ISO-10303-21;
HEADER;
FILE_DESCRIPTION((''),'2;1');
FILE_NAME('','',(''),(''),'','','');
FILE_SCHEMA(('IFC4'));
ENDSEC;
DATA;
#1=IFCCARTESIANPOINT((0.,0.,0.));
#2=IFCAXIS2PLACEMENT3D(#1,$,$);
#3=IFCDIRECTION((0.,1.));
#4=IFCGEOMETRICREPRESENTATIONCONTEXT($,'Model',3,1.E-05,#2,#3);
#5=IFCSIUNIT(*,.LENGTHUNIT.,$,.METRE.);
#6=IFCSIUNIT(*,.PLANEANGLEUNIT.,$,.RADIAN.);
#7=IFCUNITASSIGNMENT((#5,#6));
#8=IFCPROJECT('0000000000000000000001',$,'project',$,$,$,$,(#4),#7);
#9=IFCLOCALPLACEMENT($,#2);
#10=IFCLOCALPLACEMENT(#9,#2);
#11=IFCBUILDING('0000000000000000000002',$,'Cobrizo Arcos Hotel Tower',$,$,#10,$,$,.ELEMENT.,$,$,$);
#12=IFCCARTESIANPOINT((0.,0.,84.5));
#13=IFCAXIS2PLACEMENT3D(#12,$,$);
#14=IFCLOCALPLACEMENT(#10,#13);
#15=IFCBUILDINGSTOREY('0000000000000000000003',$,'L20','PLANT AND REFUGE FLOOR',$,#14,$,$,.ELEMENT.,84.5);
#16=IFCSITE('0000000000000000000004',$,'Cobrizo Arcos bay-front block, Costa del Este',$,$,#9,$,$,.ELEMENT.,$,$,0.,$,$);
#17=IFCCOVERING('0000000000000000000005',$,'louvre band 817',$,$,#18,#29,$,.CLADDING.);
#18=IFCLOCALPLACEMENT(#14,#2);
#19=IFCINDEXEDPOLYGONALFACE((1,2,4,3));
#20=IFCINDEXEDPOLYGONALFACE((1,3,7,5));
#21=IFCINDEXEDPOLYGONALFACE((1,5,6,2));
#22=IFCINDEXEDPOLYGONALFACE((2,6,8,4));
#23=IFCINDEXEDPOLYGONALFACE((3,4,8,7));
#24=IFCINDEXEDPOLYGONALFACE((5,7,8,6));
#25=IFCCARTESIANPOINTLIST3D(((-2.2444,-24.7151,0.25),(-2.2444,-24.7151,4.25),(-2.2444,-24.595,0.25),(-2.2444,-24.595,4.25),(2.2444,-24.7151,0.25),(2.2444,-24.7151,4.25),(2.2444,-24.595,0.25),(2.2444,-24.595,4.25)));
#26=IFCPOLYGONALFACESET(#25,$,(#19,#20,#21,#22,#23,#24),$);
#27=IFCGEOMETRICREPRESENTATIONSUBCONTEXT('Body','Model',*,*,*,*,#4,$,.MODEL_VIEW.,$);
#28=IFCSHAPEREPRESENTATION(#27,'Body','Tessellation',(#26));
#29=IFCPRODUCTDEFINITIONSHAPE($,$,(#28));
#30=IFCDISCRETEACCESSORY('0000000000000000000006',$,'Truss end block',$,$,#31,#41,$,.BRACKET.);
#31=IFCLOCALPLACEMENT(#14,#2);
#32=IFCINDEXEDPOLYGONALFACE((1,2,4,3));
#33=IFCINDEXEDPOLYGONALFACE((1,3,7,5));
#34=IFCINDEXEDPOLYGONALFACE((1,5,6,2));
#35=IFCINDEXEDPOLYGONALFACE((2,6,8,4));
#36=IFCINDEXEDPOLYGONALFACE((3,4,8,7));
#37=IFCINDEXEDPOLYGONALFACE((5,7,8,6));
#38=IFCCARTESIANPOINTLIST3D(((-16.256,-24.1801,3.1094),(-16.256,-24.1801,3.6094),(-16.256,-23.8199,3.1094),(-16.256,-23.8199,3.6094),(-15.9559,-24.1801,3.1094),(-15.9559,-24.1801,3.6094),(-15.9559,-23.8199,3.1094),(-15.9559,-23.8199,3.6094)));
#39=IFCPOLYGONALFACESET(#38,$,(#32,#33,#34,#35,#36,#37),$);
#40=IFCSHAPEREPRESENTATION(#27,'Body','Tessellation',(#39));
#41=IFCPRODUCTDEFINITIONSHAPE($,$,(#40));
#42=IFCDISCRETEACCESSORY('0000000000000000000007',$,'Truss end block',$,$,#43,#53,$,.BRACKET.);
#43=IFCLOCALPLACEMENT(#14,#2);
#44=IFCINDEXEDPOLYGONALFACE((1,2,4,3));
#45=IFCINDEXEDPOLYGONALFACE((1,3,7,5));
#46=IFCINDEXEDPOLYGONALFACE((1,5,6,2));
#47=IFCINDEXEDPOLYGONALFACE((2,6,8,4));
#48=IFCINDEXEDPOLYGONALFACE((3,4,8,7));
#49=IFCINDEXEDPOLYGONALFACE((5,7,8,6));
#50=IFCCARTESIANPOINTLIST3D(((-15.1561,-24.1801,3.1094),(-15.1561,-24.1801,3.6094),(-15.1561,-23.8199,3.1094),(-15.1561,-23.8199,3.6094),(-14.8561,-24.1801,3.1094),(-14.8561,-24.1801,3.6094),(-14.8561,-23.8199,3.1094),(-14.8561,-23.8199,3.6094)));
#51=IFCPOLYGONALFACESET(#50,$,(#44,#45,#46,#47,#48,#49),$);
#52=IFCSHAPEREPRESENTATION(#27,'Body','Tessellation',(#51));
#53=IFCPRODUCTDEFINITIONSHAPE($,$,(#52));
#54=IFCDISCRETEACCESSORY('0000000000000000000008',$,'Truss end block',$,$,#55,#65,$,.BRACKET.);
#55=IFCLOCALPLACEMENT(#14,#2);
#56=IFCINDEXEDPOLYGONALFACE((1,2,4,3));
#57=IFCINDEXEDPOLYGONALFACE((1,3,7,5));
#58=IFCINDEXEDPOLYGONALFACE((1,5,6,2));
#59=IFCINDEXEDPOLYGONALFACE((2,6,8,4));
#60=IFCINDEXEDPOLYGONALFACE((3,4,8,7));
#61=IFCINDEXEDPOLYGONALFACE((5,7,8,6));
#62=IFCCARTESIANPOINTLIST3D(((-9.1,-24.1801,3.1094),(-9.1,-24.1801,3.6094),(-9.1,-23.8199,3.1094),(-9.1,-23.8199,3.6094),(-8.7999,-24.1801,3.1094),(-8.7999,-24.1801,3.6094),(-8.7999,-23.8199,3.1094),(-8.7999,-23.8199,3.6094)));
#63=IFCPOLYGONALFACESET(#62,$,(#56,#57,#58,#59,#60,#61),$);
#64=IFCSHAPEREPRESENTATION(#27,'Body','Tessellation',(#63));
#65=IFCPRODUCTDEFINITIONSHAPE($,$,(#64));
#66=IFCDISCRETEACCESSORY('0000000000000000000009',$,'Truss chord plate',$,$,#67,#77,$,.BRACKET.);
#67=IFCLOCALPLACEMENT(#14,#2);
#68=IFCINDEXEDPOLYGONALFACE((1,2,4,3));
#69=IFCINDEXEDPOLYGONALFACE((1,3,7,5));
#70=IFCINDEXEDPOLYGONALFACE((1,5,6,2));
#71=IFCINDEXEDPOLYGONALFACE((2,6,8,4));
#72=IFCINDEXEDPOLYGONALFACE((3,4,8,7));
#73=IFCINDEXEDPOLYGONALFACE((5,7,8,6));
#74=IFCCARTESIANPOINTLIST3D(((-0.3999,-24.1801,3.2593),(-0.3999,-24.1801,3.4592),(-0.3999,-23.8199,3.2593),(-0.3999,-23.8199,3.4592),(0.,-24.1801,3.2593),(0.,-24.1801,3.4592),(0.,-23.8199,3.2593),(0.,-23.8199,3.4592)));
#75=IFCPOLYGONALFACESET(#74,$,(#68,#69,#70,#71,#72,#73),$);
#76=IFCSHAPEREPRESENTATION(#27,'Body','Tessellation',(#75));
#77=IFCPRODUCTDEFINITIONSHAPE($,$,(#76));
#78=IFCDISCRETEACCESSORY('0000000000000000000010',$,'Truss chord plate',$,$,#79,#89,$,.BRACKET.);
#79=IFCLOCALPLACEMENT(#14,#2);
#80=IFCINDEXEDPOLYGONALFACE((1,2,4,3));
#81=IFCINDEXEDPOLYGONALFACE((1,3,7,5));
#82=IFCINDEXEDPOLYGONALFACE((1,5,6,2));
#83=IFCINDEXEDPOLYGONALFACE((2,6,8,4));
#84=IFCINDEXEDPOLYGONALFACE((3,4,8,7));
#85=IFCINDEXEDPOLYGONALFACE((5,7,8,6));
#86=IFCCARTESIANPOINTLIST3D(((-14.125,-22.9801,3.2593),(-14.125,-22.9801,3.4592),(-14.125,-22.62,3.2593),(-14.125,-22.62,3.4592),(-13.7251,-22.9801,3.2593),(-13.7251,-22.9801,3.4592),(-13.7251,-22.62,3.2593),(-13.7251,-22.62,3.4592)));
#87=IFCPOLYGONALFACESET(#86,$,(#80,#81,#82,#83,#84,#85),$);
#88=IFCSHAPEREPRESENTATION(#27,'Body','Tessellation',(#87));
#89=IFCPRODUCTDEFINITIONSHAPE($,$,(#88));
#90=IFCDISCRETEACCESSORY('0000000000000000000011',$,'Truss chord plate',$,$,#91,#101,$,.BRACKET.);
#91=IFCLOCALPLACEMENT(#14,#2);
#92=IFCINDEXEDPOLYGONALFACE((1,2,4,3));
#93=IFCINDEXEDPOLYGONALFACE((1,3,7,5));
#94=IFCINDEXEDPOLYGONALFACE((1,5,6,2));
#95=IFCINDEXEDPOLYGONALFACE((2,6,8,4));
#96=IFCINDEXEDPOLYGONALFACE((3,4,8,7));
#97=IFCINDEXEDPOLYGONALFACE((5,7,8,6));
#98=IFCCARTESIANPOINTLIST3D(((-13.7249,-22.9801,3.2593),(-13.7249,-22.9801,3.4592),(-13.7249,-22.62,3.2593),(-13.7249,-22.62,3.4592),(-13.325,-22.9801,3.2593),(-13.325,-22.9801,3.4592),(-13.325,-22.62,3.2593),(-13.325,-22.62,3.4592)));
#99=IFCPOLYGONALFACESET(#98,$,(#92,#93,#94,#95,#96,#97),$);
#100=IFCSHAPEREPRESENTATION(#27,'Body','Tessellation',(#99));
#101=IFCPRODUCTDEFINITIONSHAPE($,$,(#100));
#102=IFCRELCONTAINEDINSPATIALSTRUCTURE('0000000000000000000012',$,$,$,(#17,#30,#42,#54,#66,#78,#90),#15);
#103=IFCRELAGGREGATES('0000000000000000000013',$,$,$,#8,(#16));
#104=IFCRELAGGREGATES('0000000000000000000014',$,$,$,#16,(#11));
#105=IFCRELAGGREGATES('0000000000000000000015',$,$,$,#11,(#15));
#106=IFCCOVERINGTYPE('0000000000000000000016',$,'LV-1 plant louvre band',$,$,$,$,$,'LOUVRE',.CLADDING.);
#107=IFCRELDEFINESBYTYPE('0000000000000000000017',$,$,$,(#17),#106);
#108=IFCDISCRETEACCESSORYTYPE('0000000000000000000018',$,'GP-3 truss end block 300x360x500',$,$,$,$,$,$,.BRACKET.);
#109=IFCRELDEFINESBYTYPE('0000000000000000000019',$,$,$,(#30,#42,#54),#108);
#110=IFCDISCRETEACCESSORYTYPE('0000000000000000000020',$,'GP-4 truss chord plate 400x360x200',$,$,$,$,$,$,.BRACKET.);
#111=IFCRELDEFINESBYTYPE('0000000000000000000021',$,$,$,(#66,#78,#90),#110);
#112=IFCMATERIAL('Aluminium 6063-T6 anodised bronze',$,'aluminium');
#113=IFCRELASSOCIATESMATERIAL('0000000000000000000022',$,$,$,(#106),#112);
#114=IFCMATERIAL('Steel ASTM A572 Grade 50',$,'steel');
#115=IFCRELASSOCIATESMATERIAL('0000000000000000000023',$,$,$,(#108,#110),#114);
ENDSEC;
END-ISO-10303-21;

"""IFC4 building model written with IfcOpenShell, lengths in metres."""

from ifc_helpers import new_model, si_unit, direction, frame, origin, origin_2d, place, context, subcontext, project, spatial, rectangle, extrude, material, type_object, element, save


model = new_model("IFC4")

# Units and contexts
model_context = context("Model", 3, precision=1e-05, world=origin(), true_north=direction((0.0, 1.0)))
body_context = subcontext(model_context, "Body", "Model", "MODEL_VIEW")
ifc_project = project(units=[si_unit("LENGTHUNIT", "METRE"), si_unit("PLANEANGLEUNIT", "RADIAN")], contexts=[model_context])

# Site, building, storey
site_placement = place(None, origin())
site = spatial("IfcSite", under=ifc_project, at=site_placement, Name="Cobrizo Arcos bay-front block, Costa del Este", CompositionType="ELEMENT", RefElevation=0.0)
building_placement = place(site_placement, origin())
building = spatial("IfcBuilding", under=site, at=building_placement, Name="Cobrizo Arcos Hotel Tower", CompositionType="ELEMENT")
storey_placement = place(building_placement, frame((0.0, 0.0, 84.5)))
storey = spatial("IfcBuildingStorey", under=building, at=storey_placement, Name="L20", Description="PLANT AND REFUGE FLOOR", CompositionType="ELEMENT", Elevation=84.5)

# Shared definitions
ifc_material_1 = material(Name="Aluminium 6063-T6 anodised bronze", Category="aluminium")

# Covering
covering_type = type_object("IfcCoveringType", Name="LV-1 plant louvre band", ElementType="LOUVRE", PredefinedType="CLADDING", material=ifc_material_1)
for number, where, z_axis, x_axis, name in (
    (1, (0.0, -24.655, 0.25), (0.0, 0.0, 1.0), (1.0, 0.0, 0.0), "louvre band 817"),
):
    element("IfcCovering", number, at=place(storey_placement, frame(where, z_axis=z_axis, x_axis=x_axis)), inside=storey, type_object=covering_type, Name=name, PredefinedType="CLADDING", context=body_context, shape_type="SweptSolid", body=[
        extrude(rectangle(XDim=4.4888, YDim=0.1201, at=origin_2d()), origin(), (0.0, 0.0, 1.0), 4.0),
    ])

# Discrete accessories
ifc_material_2 = material(Name="Steel ASTM A572 Grade 50", Category="steel")
discrete_accessory_type_1 = type_object("IfcDiscreteAccessoryType", Name="GP-3 truss end block 300x360x500", PredefinedType="BRACKET", material=ifc_material_2)
for number, where, z_axis, x_axis, name in (
    (2, (-16.106, -24.0, 3.1094), (0.0, 0.0, 1.0), (-1.0, 0.0, 0.0), "Truss end block"),
    (3, (-15.0061, -24.0, 3.1094), (0.0, 0.0, 1.0), (1.0, 0.0, 0.0), "Truss end block"),
    (4, (-8.95, -24.0, 3.1094), (0.0, 0.0, 1.0), (1.0, 0.0, 0.0), "Truss end block"),
):
    element("IfcDiscreteAccessory", number, at=place(storey_placement, frame(where, z_axis=z_axis, x_axis=x_axis)), inside=storey, type_object=discrete_accessory_type_1, Name=name, PredefinedType="BRACKET", context=body_context, shape_type="SweptSolid", body=[
        extrude(rectangle(XDim=0.3, YDim=0.3601, at=origin_2d()), origin(), (0.0, 0.0, 1.0), 0.5),
    ])
discrete_accessory_type_2 = type_object("IfcDiscreteAccessoryType", Name="GP-4 truss chord plate 400x360x200", PredefinedType="BRACKET", material=ifc_material_2)
for number, where, z_axis, x_axis, name in (
    (5, (-0.2, -24.0, 3.2593), (0.0, 0.0, 1.0), (1.0, 0.0, 0.0), "Truss chord plate"),
    (6, (-13.925, -22.8, 3.2593), (0.0, 0.0, 1.0), (1.0, 0.0, 0.0), "Truss chord plate"),
    (7, (-13.5249, -22.8, 3.2593), (0.0, 0.0, 1.0), (1.0, 0.0, 0.0), "Truss chord plate"),
):
    element("IfcDiscreteAccessory", number, at=place(storey_placement, frame(where, z_axis=z_axis, x_axis=x_axis)), inside=storey, type_object=discrete_accessory_type_2, Name=name, PredefinedType="BRACKET", context=body_context, shape_type="SweptSolid", body=[
        extrude(rectangle(XDim=0.3999, YDim=0.3601, at=origin_2d()), origin(), (0.0, 0.0, 1.0), 0.2),
    ])

save(model, "model.ifc")
